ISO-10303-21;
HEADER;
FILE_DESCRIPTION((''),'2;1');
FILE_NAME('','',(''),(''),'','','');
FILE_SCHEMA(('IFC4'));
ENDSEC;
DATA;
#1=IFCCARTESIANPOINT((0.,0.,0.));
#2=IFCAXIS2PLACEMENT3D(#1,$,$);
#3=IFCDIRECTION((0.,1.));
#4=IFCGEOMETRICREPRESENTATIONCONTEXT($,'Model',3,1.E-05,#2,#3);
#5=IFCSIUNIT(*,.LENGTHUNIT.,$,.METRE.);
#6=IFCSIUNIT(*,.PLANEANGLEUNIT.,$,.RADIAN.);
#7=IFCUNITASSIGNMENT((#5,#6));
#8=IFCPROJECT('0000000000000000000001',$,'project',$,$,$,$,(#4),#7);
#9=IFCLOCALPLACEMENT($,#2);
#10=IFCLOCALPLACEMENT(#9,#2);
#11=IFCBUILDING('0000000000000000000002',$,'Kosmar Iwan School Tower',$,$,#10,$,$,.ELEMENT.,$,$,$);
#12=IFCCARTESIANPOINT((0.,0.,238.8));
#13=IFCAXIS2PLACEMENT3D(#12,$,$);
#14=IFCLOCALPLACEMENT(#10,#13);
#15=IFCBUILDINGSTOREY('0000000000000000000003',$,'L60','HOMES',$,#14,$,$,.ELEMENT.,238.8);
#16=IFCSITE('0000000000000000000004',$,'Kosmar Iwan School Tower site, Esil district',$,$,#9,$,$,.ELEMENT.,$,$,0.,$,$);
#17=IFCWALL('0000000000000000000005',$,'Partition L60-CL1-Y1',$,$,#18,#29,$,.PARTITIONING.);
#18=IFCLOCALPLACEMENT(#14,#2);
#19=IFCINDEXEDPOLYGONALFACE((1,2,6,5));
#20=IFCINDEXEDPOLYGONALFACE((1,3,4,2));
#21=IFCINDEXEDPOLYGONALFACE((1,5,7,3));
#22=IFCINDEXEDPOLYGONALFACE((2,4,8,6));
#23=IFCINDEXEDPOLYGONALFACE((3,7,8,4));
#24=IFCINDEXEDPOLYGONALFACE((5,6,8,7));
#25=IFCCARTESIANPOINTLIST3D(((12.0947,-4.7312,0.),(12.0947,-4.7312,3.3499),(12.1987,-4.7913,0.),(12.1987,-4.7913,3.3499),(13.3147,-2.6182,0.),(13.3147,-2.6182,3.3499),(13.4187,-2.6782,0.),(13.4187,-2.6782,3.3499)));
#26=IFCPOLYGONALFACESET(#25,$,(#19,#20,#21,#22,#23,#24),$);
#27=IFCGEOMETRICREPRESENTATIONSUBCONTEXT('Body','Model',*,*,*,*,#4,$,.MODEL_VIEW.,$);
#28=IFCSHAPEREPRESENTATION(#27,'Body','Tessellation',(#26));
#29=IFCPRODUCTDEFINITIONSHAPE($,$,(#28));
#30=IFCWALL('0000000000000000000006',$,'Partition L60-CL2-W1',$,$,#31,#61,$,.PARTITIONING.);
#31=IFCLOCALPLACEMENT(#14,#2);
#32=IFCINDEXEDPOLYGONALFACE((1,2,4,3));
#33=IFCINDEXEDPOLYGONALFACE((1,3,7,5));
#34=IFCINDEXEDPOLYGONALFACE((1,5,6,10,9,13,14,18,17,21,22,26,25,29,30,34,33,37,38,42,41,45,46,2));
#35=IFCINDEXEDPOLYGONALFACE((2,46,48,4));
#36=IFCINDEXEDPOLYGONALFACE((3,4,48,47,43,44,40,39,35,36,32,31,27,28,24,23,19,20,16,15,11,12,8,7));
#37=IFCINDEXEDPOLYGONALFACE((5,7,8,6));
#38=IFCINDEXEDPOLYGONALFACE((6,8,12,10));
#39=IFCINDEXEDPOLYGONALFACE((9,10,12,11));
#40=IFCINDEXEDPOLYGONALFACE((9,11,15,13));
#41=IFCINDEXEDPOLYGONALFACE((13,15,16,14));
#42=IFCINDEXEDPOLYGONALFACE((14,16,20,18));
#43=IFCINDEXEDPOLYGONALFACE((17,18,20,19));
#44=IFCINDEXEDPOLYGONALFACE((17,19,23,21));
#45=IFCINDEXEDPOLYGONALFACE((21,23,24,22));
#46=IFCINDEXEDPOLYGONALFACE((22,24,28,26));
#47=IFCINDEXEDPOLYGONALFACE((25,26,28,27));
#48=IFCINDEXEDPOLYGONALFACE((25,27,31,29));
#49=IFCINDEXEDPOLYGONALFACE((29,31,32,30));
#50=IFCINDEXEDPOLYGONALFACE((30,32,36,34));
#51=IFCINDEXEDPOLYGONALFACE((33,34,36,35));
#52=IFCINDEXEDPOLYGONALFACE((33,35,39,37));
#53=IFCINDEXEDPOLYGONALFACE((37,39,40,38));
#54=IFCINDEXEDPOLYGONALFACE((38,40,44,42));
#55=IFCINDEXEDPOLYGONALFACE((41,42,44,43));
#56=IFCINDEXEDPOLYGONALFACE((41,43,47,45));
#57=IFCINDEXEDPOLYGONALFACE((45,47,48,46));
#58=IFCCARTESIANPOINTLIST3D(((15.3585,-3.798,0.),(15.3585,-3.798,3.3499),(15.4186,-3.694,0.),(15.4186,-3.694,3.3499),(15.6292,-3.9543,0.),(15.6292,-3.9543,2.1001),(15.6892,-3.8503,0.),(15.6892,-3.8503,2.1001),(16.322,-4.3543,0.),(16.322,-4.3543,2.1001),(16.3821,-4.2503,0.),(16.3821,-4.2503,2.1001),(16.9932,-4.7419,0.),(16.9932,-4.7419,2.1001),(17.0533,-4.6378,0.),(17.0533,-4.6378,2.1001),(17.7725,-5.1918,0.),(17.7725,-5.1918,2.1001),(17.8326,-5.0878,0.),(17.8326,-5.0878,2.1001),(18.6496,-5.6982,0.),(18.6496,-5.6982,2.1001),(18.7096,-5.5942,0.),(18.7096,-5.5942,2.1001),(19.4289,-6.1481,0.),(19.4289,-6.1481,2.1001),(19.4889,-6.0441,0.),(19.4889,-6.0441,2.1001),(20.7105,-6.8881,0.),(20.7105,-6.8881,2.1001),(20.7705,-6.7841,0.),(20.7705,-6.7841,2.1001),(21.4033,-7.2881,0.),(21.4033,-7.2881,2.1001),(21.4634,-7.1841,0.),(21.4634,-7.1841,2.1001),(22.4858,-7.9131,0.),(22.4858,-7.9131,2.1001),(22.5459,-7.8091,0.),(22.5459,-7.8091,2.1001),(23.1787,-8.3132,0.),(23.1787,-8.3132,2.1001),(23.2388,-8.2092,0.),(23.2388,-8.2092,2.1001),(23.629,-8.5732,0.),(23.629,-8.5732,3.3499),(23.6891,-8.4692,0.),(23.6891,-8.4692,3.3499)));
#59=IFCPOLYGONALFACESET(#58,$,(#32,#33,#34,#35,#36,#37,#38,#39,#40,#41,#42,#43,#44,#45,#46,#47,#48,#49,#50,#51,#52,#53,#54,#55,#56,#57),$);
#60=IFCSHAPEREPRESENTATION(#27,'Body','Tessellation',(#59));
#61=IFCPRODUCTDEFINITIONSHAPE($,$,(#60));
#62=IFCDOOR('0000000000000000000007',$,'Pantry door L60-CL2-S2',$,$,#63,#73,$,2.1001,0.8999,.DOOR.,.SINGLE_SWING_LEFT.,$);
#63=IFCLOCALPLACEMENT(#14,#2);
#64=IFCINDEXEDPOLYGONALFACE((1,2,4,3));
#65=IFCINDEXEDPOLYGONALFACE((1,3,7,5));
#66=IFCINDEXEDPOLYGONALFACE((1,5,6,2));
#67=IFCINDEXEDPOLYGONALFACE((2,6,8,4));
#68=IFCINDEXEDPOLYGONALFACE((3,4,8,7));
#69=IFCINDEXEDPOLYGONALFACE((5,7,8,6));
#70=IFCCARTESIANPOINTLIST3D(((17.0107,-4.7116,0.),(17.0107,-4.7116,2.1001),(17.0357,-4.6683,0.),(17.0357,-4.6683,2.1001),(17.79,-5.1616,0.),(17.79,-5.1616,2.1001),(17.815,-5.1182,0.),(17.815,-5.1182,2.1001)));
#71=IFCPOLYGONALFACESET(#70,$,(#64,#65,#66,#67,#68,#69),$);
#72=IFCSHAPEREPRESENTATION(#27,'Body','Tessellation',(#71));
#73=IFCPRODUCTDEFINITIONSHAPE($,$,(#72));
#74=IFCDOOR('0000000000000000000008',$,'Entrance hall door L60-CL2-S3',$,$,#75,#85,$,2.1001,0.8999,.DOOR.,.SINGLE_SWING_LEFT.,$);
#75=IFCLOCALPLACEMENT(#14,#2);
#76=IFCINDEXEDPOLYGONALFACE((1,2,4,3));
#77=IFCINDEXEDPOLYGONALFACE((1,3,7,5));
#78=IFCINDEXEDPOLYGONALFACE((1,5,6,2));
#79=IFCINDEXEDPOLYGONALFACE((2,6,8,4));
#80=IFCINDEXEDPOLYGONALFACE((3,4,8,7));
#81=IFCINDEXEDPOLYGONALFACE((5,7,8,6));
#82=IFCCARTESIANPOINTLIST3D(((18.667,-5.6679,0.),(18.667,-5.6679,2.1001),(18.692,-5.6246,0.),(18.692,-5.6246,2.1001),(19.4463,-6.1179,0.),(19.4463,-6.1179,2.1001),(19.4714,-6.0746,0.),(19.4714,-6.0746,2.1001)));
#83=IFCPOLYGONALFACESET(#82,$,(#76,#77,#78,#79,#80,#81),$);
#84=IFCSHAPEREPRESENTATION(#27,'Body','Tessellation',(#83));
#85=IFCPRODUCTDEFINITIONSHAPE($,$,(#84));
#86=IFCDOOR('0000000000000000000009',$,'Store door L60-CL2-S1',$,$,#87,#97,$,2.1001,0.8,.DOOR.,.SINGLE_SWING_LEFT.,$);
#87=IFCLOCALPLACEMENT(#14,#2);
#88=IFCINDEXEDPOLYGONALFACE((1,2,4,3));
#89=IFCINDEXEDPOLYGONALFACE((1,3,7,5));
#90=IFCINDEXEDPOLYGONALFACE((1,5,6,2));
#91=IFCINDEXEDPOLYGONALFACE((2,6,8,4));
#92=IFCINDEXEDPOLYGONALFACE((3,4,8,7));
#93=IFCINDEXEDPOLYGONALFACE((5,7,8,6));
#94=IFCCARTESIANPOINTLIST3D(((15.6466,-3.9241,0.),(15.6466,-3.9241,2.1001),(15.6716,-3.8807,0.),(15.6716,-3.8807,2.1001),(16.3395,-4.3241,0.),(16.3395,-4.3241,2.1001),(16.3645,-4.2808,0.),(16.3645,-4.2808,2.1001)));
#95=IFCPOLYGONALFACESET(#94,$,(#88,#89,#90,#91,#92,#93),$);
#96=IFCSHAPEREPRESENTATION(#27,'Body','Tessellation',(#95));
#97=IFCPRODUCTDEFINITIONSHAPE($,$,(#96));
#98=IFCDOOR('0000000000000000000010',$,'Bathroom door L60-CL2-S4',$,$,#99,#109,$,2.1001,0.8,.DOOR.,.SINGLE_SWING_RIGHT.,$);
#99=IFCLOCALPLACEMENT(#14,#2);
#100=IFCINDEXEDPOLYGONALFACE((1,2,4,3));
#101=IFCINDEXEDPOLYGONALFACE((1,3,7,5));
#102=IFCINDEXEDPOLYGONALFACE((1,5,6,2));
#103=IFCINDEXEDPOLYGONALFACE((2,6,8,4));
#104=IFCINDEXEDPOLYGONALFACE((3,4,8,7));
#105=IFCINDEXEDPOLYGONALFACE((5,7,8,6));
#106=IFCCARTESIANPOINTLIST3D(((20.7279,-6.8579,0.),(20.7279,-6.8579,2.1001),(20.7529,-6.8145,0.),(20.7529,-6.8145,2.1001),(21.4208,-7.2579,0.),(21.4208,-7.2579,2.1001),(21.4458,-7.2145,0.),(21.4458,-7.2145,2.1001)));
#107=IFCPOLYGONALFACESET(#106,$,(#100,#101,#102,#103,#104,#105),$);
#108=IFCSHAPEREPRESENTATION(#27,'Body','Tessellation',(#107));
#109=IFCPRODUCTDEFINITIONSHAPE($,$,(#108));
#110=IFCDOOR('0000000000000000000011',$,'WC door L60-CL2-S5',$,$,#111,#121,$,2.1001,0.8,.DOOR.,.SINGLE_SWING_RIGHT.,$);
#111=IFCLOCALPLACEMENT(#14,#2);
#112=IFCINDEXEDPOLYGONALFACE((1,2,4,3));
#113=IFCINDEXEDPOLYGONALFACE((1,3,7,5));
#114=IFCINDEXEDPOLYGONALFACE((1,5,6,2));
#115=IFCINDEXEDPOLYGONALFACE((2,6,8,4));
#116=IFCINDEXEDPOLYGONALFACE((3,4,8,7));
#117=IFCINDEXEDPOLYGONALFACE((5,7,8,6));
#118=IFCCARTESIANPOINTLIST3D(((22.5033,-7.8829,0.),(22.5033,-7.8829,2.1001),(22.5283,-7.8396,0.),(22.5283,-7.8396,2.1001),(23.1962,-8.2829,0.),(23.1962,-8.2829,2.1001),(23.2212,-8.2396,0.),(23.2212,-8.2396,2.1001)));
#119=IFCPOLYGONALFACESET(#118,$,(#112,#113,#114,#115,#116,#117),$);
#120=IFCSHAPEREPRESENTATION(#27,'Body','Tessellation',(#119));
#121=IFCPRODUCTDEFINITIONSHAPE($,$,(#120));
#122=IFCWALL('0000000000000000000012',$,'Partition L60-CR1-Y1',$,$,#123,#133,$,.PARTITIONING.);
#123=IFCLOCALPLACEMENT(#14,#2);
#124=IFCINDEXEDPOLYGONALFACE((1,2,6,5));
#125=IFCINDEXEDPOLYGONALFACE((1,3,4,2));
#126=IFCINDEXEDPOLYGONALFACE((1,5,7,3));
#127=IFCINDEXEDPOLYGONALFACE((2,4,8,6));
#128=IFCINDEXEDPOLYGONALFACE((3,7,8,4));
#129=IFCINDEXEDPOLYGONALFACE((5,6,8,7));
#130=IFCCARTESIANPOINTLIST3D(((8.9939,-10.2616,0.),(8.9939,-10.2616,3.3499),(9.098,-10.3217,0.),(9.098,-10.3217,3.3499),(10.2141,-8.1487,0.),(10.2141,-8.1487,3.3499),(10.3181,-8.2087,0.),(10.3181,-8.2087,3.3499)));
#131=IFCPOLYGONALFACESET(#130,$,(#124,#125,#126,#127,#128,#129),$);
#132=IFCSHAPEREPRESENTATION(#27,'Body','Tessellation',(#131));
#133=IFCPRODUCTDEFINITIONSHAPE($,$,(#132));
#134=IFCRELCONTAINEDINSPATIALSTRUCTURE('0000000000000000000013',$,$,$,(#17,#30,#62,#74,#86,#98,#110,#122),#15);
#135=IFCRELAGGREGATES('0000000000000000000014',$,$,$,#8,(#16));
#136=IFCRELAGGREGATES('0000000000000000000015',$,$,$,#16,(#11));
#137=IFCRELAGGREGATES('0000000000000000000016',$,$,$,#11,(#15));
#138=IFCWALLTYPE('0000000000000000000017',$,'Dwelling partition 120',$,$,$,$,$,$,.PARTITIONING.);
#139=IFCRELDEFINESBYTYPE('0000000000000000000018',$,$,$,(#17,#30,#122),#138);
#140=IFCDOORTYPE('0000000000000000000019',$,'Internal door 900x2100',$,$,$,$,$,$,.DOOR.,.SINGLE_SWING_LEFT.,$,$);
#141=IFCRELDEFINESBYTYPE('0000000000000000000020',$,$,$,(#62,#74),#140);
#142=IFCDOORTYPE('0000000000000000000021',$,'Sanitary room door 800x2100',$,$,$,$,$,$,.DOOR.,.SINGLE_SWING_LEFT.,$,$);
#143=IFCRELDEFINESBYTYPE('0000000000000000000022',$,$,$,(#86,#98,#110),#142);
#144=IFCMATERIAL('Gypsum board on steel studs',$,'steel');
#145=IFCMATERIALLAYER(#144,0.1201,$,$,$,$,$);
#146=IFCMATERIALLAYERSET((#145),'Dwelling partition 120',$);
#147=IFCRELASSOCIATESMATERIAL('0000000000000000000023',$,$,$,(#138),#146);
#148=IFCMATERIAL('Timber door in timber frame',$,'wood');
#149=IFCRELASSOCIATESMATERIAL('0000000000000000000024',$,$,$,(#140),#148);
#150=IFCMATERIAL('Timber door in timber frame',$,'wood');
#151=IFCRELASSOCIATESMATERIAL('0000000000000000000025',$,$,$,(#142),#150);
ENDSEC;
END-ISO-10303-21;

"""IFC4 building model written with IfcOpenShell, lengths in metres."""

from ifc_helpers import new_model, si_unit, direction, frame, frame_2d, origin, place, context, subcontext, project, spatial, rectangle, extrude, material, layer, layer_set, type_object, element, fill, save


model = new_model("IFC4")

# Units and contexts
model_context = context("Model", 3, precision=1e-05, world=origin(), true_north=direction((0.0, 1.0)))
body_context = subcontext(model_context, "Body", "Model", "MODEL_VIEW")
ifc_project = project(units=[si_unit("LENGTHUNIT", "METRE"), si_unit("PLANEANGLEUNIT", "RADIAN")], contexts=[model_context])

# Site, building, storey
site_placement = place(None, origin())
site = spatial("IfcSite", under=ifc_project, at=site_placement, Name="Kosmar Iwan School Tower site, Esil district", CompositionType="ELEMENT", RefElevation=0.0)
building_placement = place(site_placement, origin())
building = spatial("IfcBuilding", under=site, at=building_placement, Name="Kosmar Iwan School Tower", CompositionType="ELEMENT")
storey_placement = place(building_placement, frame((0.0, 0.0, 238.8)))
storey = spatial("IfcBuildingStorey", under=building, at=storey_placement, Name="L60", Description="HOMES", CompositionType="ELEMENT", Elevation=238.8)

# Shared definitions
ifc_material_1 = material(Name="Gypsum board on steel studs", Category="steel")
ifc_layer_1 = layer(ifc_material_1, 0.1201)
ifc_layer_set_1 = layer_set([ifc_layer_1], Name="Dwelling partition 120")
wall_type_1 = type_object("IfcWallType", Name="Dwelling partition 120", PredefinedType="PARTITIONING", material=ifc_layer_set_1)
ifc_material_2 = material(Name="Timber door in timber frame", Category="wood")
door_type_1 = type_object("IfcDoorType", Name="Internal door 900x2100", OperationType="SINGLE_SWING_LEFT", PredefinedType="DOOR", material=ifc_material_2)
ifc_material_3 = material(Name="Timber door in timber frame", Category="wood")
door_type_2 = type_object("IfcDoorType", Name="Sanitary room door 800x2100", OperationType="SINGLE_SWING_LEFT", PredefinedType="DOOR", material=ifc_material_3)

# Wall
wall_1_placement = place(storey_placement, frame((12.1467, -4.7612, 0.0), z_axis=(0.0, 0.0, 1.0), x_axis=(0.500003, 0.866024, 0.0)))
element("IfcWall", 1, at=wall_1_placement, inside=storey, type_object=wall_type_1, Name="Partition L60-CL1-Y1", PredefinedType="PARTITIONING", context=body_context, shape_type="SweptSolid", body=[
    extrude(rectangle(XDim=2.4399, YDim=0.1201, at=frame_2d((1.22, 0.0))), origin(), (0.0, 0.0, 1.0), 3.3499),
])

# Wall, openings, doors
wall_2_placement = place(storey_placement, frame((15.3887, -3.7461, 0.0), z_axis=(0.0, 0.0, 1.0), x_axis=(0.866018, -0.500013, 0.0)))
wall_2 = element("IfcWall", 2, at=wall_2_placement, inside=storey, type_object=wall_type_1, Name="Partition L60-CL2-W1", PredefinedType="PARTITIONING", context=body_context, shape_type="SweptSolid", body=[
    extrude(rectangle(XDim=9.55, YDim=0.1201, at=frame_2d((4.7749, 0.0))), origin(), (0.0, 0.0, 1.0), 3.3499),
])
opening_1_placement = place(wall_2_placement, frame((0.3125, 0.0, 0.0)))
opening_1 = element("IfcOpeningElement", 3, at=opening_1_placement, cuts=wall_2, PredefinedType="OPENING", context=body_context, shape_type="SweptSolid", body=[
    extrude(rectangle(XDim=0.8, YDim=2.1001, at=frame_2d((0.3999, 1.05))), frame((0.0, 0.072, 0.0), z_axis=(0.0, -1.0, 0.0), x_axis=(1.0, 0.0, 0.0)), (0.0, 0.0, 1.0), 0.144),
])
opening_2_placement = place(wall_2_placement, frame((1.8875, 0.0, 0.0)))
opening_2 = element("IfcOpeningElement", 4, at=opening_2_placement, cuts=wall_2, PredefinedType="OPENING", context=body_context, shape_type="SweptSolid", body=[
    extrude(rectangle(XDim=0.8999, YDim=2.1001, at=frame_2d((0.45, 1.05))), frame((0.0, 0.072, 0.0), z_axis=(0.0, -1.0, 0.0), x_axis=(1.0, 0.0, 0.0)), (0.0, 0.0, 1.0), 0.144),
])
opening_3_placement = place(wall_2_placement, frame((3.8, 0.0, 0.0)))
opening_3 = element("IfcOpeningElement", 5, at=opening_3_placement, cuts=wall_2, PredefinedType="OPENING", context=body_context, shape_type="SweptSolid", body=[
    extrude(rectangle(XDim=0.8999, YDim=2.1001, at=frame_2d((0.45, 1.05))), frame((0.0, 0.072, 0.0), z_axis=(0.0, -1.0, 0.0), x_axis=(1.0, 0.0, 0.0)), (0.0, 0.0, 1.0), 0.144),
])
opening_4_placement = place(wall_2_placement, frame((6.1799, 0.0, 0.0)))
opening_4 = element("IfcOpeningElement", 6, at=opening_4_placement, cuts=wall_2, PredefinedType="OPENING", context=body_context, shape_type="SweptSolid", body=[
    extrude(rectangle(XDim=0.8, YDim=2.1001, at=frame_2d((0.3999, 1.05))), frame((0.0, 0.072, 0.0), z_axis=(0.0, -1.0, 0.0), x_axis=(1.0, 0.0, 0.0)), (0.0, 0.0, 1.0), 0.144),
])
opening_5_placement = place(wall_2_placement, frame((8.23, 0.0, 0.0)))
opening_5 = element("IfcOpeningElement", 7, at=opening_5_placement, cuts=wall_2, PredefinedType="OPENING", context=body_context, shape_type="SweptSolid", body=[
    extrude(rectangle(XDim=0.8, YDim=2.1001, at=frame_2d((0.3999, 1.05))), frame((0.0, 0.072, 0.0), z_axis=(0.0, -1.0, 0.0), x_axis=(1.0, 0.0, 0.0)), (0.0, 0.0, 1.0), 0.144),
])
door_1_placement = place(opening_2_placement, origin())
door_1 = element("IfcDoor", 8, at=door_1_placement, inside=storey, type_object=door_type_1, Name="Pantry door L60-CL2-S2", OperationType="SINGLE_SWING_LEFT", OverallHeight=2.1001, OverallWidth=0.8999, PredefinedType="DOOR", context=body_context, shape_type="SweptSolid", body=[
    extrude(rectangle(XDim=0.8999, YDim=2.1001, at=frame_2d((0.45, 1.05))), frame((0.0, 0.0249, 0.0), z_axis=(0.0, -1.0, 0.0), x_axis=(1.0, 0.0, 0.0)), (0.0, 0.0, 1.0), 0.05),
])
fill(opening_2, door_1)
door_2_placement = place(opening_3_placement, origin())
door_2 = element("IfcDoor", 9, at=door_2_placement, inside=storey, type_object=door_type_1, Name="Entrance hall door L60-CL2-S3", OperationType="SINGLE_SWING_LEFT", OverallHeight=2.1001, OverallWidth=0.8999, PredefinedType="DOOR", context=body_context, shape_type="SweptSolid", body=[
    extrude(rectangle(XDim=0.8999, YDim=2.1001, at=frame_2d((0.45, 1.05))), frame((0.0, 0.0249, 0.0), z_axis=(0.0, -1.0, 0.0), x_axis=(1.0, 0.0, 0.0)), (0.0, 0.0, 1.0), 0.05),
])
fill(opening_3, door_2)
door_3_placement = place(opening_1_placement, origin())
door_3 = element("IfcDoor", 10, at=door_3_placement, inside=storey, type_object=door_type_2, Name="Store door L60-CL2-S1", OperationType="SINGLE_SWING_LEFT", OverallHeight=2.1001, OverallWidth=0.8, PredefinedType="DOOR", context=body_context, shape_type="SweptSolid", body=[
    extrude(rectangle(XDim=0.8, YDim=2.1001, at=frame_2d((0.3999, 1.05))), frame((0.0, 0.0249, 0.0), z_axis=(0.0, -1.0, 0.0), x_axis=(1.0, 0.0, 0.0)), (0.0, 0.0, 1.0), 0.05),
])
fill(opening_1, door_3)
door_4_placement = place(opening_4_placement, origin())
door_4 = element("IfcDoor", 11, at=door_4_placement, inside=storey, type_object=door_type_2, Name="Bathroom door L60-CL2-S4", OperationType="SINGLE_SWING_RIGHT", OverallHeight=2.1001, OverallWidth=0.8, PredefinedType="DOOR", context=body_context, shape_type="SweptSolid", body=[
    extrude(rectangle(XDim=0.8, YDim=2.1001, at=frame_2d((0.3999, 1.05))), frame((0.0, 0.0249, 0.0), z_axis=(0.0, -1.0, 0.0), x_axis=(1.0, 0.0, 0.0)), (0.0, 0.0, 1.0), 0.05),
])
fill(opening_4, door_4)
door_5_placement = place(opening_5_placement, origin())
door_5 = element("IfcDoor", 12, at=door_5_placement, inside=storey, type_object=door_type_2, Name="WC door L60-CL2-S5", OperationType="SINGLE_SWING_RIGHT", OverallHeight=2.1001, OverallWidth=0.8, PredefinedType="DOOR", context=body_context, shape_type="SweptSolid", body=[
    extrude(rectangle(XDim=0.8, YDim=2.1001, at=frame_2d((0.3999, 1.05))), frame((0.0, 0.0249, 0.0), z_axis=(0.0, -1.0, 0.0), x_axis=(1.0, 0.0, 0.0)), (0.0, 0.0, 1.0), 0.05),
])
fill(opening_5, door_5)

# Wall
wall_3_placement = place(storey_placement, frame((10.2661, -8.1787, 0.0), z_axis=(0.0, 0.0, 1.0), x_axis=(-0.500078, -0.865981, 0.0)))
element("IfcWall", 13, at=wall_3_placement, inside=storey, type_object=wall_type_1, Name="Partition L60-CR1-Y1", PredefinedType="PARTITIONING", context=body_context, shape_type="SweptSolid", body=[
    extrude(rectangle(XDim=2.4399, YDim=0.1201, at=frame_2d((1.22, 0.0))), origin(), (0.0, 0.0, 1.0), 3.3499),
])

save(model, "model.ifc")
